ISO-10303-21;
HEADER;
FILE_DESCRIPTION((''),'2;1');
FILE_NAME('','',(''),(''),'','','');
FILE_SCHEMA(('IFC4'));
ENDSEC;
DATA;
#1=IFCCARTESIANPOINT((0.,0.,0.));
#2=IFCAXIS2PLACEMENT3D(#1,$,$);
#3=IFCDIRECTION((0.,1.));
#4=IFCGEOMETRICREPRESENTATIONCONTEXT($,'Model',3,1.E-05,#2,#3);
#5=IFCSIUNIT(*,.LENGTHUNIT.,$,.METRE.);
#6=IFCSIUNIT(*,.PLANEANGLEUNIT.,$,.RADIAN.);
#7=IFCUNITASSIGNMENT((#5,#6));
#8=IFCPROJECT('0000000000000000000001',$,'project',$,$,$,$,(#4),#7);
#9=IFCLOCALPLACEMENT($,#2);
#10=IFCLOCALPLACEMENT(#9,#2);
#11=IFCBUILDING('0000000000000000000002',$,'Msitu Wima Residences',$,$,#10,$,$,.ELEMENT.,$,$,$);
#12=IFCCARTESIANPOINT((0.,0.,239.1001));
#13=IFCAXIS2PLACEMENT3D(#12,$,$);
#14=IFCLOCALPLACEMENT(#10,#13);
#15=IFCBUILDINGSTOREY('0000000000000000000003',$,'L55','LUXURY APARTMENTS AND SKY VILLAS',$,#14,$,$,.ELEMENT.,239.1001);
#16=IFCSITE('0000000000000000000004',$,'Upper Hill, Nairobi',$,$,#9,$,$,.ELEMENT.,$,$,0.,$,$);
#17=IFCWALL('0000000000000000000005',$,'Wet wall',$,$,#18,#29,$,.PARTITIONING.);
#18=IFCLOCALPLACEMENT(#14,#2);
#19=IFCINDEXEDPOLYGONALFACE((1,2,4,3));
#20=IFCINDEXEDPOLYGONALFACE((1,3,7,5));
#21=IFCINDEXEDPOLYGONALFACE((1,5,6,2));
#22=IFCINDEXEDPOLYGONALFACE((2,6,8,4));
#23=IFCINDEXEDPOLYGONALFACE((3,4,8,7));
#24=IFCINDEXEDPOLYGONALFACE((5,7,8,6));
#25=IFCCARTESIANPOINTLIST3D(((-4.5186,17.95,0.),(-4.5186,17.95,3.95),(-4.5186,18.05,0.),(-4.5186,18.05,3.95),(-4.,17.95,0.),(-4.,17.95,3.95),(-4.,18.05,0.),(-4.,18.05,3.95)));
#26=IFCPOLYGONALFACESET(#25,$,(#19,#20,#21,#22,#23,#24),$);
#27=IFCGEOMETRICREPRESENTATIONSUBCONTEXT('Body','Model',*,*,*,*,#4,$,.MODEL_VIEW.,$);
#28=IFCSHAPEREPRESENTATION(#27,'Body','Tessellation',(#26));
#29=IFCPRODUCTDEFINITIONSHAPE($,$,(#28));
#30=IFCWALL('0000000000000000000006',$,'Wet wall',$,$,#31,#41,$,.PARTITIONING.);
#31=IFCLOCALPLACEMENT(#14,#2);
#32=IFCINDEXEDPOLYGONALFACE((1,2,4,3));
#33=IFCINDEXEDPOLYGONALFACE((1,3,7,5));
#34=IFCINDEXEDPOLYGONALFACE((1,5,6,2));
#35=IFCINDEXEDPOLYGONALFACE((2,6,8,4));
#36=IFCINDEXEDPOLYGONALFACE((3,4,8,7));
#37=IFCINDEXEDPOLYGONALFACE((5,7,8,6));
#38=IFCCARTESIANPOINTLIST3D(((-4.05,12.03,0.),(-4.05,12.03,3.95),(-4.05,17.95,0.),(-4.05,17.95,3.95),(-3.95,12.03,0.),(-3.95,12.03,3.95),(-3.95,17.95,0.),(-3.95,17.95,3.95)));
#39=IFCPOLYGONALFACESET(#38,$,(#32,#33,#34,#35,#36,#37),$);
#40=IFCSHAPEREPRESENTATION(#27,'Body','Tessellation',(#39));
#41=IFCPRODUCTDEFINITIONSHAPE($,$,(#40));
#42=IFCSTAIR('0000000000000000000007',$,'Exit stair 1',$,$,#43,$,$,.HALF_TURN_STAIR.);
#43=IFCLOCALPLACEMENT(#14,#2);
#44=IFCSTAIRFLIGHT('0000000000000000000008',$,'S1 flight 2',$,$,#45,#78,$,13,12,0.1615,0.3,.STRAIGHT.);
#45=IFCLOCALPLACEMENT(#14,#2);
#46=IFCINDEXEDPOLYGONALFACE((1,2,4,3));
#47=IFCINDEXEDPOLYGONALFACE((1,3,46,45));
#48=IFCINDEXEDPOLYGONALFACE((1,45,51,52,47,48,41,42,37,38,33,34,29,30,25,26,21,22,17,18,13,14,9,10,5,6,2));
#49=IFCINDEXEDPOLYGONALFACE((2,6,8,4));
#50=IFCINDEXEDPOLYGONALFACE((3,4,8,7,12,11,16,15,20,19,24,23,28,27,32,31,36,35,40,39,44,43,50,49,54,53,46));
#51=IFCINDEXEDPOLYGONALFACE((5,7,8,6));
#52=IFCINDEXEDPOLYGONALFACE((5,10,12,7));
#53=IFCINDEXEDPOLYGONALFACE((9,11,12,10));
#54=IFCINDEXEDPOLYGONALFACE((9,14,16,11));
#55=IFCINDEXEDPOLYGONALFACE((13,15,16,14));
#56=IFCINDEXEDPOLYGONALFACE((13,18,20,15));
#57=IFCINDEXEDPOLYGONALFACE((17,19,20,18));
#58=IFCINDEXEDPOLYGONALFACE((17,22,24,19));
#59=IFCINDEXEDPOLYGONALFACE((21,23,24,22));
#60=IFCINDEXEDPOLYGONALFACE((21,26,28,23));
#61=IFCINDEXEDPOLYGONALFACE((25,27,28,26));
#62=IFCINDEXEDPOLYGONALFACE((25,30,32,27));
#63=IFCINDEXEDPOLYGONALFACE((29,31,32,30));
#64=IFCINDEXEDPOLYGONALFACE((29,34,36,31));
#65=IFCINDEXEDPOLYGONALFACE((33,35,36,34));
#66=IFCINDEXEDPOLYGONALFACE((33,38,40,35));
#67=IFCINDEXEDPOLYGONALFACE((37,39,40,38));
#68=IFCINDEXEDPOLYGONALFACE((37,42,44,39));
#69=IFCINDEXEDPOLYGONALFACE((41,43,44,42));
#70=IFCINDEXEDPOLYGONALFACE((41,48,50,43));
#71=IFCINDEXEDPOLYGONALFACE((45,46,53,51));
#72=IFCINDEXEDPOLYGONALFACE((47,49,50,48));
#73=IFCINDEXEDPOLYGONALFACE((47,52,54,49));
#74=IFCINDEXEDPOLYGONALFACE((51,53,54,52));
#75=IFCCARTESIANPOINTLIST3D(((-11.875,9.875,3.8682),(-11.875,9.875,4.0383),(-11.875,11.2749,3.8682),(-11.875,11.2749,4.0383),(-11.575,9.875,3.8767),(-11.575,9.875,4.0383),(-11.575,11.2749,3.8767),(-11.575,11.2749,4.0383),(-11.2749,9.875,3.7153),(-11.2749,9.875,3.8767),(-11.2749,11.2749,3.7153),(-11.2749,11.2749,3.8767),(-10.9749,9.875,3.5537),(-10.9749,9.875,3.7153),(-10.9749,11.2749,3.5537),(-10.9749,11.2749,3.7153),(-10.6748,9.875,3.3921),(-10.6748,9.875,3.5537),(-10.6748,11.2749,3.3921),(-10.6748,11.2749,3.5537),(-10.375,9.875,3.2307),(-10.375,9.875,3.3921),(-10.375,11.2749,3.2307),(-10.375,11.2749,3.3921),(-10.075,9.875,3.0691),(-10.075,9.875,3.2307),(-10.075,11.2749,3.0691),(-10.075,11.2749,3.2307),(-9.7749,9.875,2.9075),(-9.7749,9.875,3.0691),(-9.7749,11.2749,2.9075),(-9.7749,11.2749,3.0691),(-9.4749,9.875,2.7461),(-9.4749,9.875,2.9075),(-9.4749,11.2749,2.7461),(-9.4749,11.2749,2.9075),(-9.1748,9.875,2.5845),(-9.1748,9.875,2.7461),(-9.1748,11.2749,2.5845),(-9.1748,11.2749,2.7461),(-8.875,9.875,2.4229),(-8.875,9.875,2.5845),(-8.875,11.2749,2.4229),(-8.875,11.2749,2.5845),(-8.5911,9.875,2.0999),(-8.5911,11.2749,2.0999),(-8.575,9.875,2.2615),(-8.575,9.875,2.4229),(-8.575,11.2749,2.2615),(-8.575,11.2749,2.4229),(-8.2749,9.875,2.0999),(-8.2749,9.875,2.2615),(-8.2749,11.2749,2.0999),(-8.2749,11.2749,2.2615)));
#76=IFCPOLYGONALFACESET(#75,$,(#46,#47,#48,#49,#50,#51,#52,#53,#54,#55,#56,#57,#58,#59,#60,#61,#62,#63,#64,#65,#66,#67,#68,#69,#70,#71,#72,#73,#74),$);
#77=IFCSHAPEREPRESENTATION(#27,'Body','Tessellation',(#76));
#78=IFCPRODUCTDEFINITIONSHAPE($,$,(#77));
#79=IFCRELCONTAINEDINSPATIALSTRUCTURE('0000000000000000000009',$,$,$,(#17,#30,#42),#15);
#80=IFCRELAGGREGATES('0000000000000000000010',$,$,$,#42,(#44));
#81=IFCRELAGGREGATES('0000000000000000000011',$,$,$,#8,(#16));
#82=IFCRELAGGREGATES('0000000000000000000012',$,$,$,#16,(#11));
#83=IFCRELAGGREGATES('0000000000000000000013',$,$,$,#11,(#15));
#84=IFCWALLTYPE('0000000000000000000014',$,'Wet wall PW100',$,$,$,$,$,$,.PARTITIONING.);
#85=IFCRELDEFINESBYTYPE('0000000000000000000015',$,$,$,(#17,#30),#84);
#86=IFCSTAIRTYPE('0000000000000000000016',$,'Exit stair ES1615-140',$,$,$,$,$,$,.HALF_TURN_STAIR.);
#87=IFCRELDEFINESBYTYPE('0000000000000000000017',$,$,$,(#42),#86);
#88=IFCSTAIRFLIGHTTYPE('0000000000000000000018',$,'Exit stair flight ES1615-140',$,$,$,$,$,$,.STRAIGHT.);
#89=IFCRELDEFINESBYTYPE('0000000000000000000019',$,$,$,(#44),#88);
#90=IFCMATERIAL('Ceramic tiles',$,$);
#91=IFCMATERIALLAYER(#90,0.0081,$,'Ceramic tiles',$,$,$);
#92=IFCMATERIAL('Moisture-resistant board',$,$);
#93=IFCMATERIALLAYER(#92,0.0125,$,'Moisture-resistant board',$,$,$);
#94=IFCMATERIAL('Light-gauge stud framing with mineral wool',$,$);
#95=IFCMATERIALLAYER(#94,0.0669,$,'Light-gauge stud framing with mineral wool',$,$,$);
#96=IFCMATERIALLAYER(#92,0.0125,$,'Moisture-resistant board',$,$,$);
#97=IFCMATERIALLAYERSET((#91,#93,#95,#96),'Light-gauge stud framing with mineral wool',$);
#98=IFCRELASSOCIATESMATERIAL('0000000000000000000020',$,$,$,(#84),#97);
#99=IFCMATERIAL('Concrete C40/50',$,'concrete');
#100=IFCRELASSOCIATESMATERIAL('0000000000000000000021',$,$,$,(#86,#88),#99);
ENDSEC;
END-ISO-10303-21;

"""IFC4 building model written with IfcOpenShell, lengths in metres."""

from ifc_helpers import new_model, si_unit, direction, frame, frame_2d, origin, place, context, subcontext, project, spatial, polyline, rectangle, outline, extrude, material, layer, layer_set, type_object, element, aggregate, save


model = new_model("IFC4")

# Units and contexts
model_context = context("Model", 3, precision=1e-05, world=origin(), true_north=direction((0.0, 1.0)))
body_context = subcontext(model_context, "Body", "Model", "MODEL_VIEW")
ifc_project = project(units=[si_unit("LENGTHUNIT", "METRE"), si_unit("PLANEANGLEUNIT", "RADIAN")], contexts=[model_context])

# Site, building, storey
site_placement = place(None, origin())
site = spatial("IfcSite", under=ifc_project, at=site_placement, Name="Upper Hill, Nairobi", CompositionType="ELEMENT", RefElevation=0.0)
building_placement = place(site_placement, origin())
building = spatial("IfcBuilding", under=site, at=building_placement, Name="Msitu Wima Residences", CompositionType="ELEMENT")
storey_placement = place(building_placement, frame((0.0, 0.0, 239.1001)))
storey = spatial("IfcBuildingStorey", under=building, at=storey_placement, Name="L55", Description="LUXURY APARTMENTS AND SKY VILLAS", CompositionType="ELEMENT", Elevation=239.1001)

# Shared definitions
ifc_material_1 = material(Name="Concrete C40/50", Category="concrete")

# Shared definitions
ifc_material_2 = material(Name="Ceramic tiles")
ifc_layer_1 = layer(ifc_material_2, 0.0081, Name="Ceramic tiles")
ifc_material_3 = material(Name="Moisture-resistant board")
ifc_layer_2 = layer(ifc_material_3, 0.0125, Name="Moisture-resistant board")
ifc_material_4 = material(Name="Light-gauge stud framing with mineral wool")
ifc_layer_3 = layer(ifc_material_4, 0.0669, Name="Light-gauge stud framing with mineral wool")
ifc_layer_4 = layer(ifc_material_3, 0.0125, Name="Moisture-resistant board")
ifc_layer_set_1 = layer_set([ifc_layer_1, ifc_layer_2, ifc_layer_3, ifc_layer_4], Name="Light-gauge stud framing with mineral wool")
wall_type_1 = type_object("IfcWallType", Name="Wet wall PW100", PredefinedType="PARTITIONING", material=ifc_layer_set_1)

# Walls
wall_1_placement = place(storey_placement, frame((-4.5186, 18.0, 0.0), z_axis=(0.0, 0.0, 1.0), x_axis=(1.0, 0.0, 0.0)))
element("IfcWall", 1, at=wall_1_placement, inside=storey, type_object=wall_type_1, Name="Wet wall", PredefinedType="PARTITIONING", context=body_context, shape_type="SweptSolid", body=[
    extrude(rectangle(XDim=0.5186, YDim=0.1001, at=frame_2d((0.2593, 0.0))), origin(), (0.0, 0.0, 1.0), 3.95),
])
wall_2_placement = place(storey_placement, frame((-4.0, 12.03, 0.0), z_axis=(0.0, 0.0, 1.0), x_axis=(0.0, 1.0, 0.0)))
element("IfcWall", 2, at=wall_2_placement, inside=storey, type_object=wall_type_1, Name="Wet wall", PredefinedType="PARTITIONING", context=body_context, shape_type="SweptSolid", body=[
    extrude(rectangle(XDim=5.9199, YDim=0.1001, at=frame_2d((2.96, 0.0))), origin(), (0.0, 0.0, 1.0), 3.95),
])

# Stair, stair flight
stair_type = type_object("IfcStairType", Name="Exit stair ES1615-140", PredefinedType="HALF_TURN_STAIR", material=ifc_material_1)
stair_placement = place(storey_placement, origin())
stair = element("IfcStair", 3, at=stair_placement, inside=storey, type_object=stair_type, Name="Exit stair 1", PredefinedType="HALF_TURN_STAIR")
stair_flight_type = type_object("IfcStairFlightType", Name="Exit stair flight ES1615-140", PredefinedType="STRAIGHT", material=ifc_material_1)
stair_flight_placement = place(storey_placement, frame((-8.2749, 10.575, 2.0999), z_axis=(0.0, 0.0, 1.0), x_axis=(-1.0, 0.0, 0.0)))
stair_flight = element("IfcStairFlight", 4, at=stair_flight_placement, type_object=stair_flight_type, Name="S1 flight 2", NumberOfRisers=13, NumberOfTreads=12, PredefinedType="STRAIGHT", RiserHeight=0.1615, TreadLength=0.3, context=body_context, shape_type="SweptSolid", body=[
    extrude(outline(polyline([(0.0, 0.0), (0.0, 0.1616), (0.3, 0.1616), (0.3, 0.323), (0.6001, 0.323), (0.6001, 0.4846), (0.8999, 0.4846), (0.8999, 0.6462), (1.2, 0.6462), (1.2, 0.8076), (1.5, 0.8076), (1.5, 0.9692), (1.8, 0.9692), (1.8, 1.1309), (2.1001, 1.1309), (2.1001, 1.2922), (2.3999, 1.2922), (2.3999, 1.4539), (2.7, 1.4539), (2.7, 1.6155), (3.0, 1.6155), (3.0, 1.7769), (3.3, 1.7769), (3.3, 1.9385), (3.6001, 1.9385), (3.6001, 2.1001), (3.6001, 1.7683), (0.3162, 0.0), (0.0, 0.0)])), frame((0.0, 0.7, 0.0), z_axis=(0.0, -1.0, 0.0), x_axis=(1.0, 0.0, 0.0)), (0.0, 0.0, 1.0), 1.3999),
])
aggregate(stair, [stair_flight])

save(model, "model.ifc")
